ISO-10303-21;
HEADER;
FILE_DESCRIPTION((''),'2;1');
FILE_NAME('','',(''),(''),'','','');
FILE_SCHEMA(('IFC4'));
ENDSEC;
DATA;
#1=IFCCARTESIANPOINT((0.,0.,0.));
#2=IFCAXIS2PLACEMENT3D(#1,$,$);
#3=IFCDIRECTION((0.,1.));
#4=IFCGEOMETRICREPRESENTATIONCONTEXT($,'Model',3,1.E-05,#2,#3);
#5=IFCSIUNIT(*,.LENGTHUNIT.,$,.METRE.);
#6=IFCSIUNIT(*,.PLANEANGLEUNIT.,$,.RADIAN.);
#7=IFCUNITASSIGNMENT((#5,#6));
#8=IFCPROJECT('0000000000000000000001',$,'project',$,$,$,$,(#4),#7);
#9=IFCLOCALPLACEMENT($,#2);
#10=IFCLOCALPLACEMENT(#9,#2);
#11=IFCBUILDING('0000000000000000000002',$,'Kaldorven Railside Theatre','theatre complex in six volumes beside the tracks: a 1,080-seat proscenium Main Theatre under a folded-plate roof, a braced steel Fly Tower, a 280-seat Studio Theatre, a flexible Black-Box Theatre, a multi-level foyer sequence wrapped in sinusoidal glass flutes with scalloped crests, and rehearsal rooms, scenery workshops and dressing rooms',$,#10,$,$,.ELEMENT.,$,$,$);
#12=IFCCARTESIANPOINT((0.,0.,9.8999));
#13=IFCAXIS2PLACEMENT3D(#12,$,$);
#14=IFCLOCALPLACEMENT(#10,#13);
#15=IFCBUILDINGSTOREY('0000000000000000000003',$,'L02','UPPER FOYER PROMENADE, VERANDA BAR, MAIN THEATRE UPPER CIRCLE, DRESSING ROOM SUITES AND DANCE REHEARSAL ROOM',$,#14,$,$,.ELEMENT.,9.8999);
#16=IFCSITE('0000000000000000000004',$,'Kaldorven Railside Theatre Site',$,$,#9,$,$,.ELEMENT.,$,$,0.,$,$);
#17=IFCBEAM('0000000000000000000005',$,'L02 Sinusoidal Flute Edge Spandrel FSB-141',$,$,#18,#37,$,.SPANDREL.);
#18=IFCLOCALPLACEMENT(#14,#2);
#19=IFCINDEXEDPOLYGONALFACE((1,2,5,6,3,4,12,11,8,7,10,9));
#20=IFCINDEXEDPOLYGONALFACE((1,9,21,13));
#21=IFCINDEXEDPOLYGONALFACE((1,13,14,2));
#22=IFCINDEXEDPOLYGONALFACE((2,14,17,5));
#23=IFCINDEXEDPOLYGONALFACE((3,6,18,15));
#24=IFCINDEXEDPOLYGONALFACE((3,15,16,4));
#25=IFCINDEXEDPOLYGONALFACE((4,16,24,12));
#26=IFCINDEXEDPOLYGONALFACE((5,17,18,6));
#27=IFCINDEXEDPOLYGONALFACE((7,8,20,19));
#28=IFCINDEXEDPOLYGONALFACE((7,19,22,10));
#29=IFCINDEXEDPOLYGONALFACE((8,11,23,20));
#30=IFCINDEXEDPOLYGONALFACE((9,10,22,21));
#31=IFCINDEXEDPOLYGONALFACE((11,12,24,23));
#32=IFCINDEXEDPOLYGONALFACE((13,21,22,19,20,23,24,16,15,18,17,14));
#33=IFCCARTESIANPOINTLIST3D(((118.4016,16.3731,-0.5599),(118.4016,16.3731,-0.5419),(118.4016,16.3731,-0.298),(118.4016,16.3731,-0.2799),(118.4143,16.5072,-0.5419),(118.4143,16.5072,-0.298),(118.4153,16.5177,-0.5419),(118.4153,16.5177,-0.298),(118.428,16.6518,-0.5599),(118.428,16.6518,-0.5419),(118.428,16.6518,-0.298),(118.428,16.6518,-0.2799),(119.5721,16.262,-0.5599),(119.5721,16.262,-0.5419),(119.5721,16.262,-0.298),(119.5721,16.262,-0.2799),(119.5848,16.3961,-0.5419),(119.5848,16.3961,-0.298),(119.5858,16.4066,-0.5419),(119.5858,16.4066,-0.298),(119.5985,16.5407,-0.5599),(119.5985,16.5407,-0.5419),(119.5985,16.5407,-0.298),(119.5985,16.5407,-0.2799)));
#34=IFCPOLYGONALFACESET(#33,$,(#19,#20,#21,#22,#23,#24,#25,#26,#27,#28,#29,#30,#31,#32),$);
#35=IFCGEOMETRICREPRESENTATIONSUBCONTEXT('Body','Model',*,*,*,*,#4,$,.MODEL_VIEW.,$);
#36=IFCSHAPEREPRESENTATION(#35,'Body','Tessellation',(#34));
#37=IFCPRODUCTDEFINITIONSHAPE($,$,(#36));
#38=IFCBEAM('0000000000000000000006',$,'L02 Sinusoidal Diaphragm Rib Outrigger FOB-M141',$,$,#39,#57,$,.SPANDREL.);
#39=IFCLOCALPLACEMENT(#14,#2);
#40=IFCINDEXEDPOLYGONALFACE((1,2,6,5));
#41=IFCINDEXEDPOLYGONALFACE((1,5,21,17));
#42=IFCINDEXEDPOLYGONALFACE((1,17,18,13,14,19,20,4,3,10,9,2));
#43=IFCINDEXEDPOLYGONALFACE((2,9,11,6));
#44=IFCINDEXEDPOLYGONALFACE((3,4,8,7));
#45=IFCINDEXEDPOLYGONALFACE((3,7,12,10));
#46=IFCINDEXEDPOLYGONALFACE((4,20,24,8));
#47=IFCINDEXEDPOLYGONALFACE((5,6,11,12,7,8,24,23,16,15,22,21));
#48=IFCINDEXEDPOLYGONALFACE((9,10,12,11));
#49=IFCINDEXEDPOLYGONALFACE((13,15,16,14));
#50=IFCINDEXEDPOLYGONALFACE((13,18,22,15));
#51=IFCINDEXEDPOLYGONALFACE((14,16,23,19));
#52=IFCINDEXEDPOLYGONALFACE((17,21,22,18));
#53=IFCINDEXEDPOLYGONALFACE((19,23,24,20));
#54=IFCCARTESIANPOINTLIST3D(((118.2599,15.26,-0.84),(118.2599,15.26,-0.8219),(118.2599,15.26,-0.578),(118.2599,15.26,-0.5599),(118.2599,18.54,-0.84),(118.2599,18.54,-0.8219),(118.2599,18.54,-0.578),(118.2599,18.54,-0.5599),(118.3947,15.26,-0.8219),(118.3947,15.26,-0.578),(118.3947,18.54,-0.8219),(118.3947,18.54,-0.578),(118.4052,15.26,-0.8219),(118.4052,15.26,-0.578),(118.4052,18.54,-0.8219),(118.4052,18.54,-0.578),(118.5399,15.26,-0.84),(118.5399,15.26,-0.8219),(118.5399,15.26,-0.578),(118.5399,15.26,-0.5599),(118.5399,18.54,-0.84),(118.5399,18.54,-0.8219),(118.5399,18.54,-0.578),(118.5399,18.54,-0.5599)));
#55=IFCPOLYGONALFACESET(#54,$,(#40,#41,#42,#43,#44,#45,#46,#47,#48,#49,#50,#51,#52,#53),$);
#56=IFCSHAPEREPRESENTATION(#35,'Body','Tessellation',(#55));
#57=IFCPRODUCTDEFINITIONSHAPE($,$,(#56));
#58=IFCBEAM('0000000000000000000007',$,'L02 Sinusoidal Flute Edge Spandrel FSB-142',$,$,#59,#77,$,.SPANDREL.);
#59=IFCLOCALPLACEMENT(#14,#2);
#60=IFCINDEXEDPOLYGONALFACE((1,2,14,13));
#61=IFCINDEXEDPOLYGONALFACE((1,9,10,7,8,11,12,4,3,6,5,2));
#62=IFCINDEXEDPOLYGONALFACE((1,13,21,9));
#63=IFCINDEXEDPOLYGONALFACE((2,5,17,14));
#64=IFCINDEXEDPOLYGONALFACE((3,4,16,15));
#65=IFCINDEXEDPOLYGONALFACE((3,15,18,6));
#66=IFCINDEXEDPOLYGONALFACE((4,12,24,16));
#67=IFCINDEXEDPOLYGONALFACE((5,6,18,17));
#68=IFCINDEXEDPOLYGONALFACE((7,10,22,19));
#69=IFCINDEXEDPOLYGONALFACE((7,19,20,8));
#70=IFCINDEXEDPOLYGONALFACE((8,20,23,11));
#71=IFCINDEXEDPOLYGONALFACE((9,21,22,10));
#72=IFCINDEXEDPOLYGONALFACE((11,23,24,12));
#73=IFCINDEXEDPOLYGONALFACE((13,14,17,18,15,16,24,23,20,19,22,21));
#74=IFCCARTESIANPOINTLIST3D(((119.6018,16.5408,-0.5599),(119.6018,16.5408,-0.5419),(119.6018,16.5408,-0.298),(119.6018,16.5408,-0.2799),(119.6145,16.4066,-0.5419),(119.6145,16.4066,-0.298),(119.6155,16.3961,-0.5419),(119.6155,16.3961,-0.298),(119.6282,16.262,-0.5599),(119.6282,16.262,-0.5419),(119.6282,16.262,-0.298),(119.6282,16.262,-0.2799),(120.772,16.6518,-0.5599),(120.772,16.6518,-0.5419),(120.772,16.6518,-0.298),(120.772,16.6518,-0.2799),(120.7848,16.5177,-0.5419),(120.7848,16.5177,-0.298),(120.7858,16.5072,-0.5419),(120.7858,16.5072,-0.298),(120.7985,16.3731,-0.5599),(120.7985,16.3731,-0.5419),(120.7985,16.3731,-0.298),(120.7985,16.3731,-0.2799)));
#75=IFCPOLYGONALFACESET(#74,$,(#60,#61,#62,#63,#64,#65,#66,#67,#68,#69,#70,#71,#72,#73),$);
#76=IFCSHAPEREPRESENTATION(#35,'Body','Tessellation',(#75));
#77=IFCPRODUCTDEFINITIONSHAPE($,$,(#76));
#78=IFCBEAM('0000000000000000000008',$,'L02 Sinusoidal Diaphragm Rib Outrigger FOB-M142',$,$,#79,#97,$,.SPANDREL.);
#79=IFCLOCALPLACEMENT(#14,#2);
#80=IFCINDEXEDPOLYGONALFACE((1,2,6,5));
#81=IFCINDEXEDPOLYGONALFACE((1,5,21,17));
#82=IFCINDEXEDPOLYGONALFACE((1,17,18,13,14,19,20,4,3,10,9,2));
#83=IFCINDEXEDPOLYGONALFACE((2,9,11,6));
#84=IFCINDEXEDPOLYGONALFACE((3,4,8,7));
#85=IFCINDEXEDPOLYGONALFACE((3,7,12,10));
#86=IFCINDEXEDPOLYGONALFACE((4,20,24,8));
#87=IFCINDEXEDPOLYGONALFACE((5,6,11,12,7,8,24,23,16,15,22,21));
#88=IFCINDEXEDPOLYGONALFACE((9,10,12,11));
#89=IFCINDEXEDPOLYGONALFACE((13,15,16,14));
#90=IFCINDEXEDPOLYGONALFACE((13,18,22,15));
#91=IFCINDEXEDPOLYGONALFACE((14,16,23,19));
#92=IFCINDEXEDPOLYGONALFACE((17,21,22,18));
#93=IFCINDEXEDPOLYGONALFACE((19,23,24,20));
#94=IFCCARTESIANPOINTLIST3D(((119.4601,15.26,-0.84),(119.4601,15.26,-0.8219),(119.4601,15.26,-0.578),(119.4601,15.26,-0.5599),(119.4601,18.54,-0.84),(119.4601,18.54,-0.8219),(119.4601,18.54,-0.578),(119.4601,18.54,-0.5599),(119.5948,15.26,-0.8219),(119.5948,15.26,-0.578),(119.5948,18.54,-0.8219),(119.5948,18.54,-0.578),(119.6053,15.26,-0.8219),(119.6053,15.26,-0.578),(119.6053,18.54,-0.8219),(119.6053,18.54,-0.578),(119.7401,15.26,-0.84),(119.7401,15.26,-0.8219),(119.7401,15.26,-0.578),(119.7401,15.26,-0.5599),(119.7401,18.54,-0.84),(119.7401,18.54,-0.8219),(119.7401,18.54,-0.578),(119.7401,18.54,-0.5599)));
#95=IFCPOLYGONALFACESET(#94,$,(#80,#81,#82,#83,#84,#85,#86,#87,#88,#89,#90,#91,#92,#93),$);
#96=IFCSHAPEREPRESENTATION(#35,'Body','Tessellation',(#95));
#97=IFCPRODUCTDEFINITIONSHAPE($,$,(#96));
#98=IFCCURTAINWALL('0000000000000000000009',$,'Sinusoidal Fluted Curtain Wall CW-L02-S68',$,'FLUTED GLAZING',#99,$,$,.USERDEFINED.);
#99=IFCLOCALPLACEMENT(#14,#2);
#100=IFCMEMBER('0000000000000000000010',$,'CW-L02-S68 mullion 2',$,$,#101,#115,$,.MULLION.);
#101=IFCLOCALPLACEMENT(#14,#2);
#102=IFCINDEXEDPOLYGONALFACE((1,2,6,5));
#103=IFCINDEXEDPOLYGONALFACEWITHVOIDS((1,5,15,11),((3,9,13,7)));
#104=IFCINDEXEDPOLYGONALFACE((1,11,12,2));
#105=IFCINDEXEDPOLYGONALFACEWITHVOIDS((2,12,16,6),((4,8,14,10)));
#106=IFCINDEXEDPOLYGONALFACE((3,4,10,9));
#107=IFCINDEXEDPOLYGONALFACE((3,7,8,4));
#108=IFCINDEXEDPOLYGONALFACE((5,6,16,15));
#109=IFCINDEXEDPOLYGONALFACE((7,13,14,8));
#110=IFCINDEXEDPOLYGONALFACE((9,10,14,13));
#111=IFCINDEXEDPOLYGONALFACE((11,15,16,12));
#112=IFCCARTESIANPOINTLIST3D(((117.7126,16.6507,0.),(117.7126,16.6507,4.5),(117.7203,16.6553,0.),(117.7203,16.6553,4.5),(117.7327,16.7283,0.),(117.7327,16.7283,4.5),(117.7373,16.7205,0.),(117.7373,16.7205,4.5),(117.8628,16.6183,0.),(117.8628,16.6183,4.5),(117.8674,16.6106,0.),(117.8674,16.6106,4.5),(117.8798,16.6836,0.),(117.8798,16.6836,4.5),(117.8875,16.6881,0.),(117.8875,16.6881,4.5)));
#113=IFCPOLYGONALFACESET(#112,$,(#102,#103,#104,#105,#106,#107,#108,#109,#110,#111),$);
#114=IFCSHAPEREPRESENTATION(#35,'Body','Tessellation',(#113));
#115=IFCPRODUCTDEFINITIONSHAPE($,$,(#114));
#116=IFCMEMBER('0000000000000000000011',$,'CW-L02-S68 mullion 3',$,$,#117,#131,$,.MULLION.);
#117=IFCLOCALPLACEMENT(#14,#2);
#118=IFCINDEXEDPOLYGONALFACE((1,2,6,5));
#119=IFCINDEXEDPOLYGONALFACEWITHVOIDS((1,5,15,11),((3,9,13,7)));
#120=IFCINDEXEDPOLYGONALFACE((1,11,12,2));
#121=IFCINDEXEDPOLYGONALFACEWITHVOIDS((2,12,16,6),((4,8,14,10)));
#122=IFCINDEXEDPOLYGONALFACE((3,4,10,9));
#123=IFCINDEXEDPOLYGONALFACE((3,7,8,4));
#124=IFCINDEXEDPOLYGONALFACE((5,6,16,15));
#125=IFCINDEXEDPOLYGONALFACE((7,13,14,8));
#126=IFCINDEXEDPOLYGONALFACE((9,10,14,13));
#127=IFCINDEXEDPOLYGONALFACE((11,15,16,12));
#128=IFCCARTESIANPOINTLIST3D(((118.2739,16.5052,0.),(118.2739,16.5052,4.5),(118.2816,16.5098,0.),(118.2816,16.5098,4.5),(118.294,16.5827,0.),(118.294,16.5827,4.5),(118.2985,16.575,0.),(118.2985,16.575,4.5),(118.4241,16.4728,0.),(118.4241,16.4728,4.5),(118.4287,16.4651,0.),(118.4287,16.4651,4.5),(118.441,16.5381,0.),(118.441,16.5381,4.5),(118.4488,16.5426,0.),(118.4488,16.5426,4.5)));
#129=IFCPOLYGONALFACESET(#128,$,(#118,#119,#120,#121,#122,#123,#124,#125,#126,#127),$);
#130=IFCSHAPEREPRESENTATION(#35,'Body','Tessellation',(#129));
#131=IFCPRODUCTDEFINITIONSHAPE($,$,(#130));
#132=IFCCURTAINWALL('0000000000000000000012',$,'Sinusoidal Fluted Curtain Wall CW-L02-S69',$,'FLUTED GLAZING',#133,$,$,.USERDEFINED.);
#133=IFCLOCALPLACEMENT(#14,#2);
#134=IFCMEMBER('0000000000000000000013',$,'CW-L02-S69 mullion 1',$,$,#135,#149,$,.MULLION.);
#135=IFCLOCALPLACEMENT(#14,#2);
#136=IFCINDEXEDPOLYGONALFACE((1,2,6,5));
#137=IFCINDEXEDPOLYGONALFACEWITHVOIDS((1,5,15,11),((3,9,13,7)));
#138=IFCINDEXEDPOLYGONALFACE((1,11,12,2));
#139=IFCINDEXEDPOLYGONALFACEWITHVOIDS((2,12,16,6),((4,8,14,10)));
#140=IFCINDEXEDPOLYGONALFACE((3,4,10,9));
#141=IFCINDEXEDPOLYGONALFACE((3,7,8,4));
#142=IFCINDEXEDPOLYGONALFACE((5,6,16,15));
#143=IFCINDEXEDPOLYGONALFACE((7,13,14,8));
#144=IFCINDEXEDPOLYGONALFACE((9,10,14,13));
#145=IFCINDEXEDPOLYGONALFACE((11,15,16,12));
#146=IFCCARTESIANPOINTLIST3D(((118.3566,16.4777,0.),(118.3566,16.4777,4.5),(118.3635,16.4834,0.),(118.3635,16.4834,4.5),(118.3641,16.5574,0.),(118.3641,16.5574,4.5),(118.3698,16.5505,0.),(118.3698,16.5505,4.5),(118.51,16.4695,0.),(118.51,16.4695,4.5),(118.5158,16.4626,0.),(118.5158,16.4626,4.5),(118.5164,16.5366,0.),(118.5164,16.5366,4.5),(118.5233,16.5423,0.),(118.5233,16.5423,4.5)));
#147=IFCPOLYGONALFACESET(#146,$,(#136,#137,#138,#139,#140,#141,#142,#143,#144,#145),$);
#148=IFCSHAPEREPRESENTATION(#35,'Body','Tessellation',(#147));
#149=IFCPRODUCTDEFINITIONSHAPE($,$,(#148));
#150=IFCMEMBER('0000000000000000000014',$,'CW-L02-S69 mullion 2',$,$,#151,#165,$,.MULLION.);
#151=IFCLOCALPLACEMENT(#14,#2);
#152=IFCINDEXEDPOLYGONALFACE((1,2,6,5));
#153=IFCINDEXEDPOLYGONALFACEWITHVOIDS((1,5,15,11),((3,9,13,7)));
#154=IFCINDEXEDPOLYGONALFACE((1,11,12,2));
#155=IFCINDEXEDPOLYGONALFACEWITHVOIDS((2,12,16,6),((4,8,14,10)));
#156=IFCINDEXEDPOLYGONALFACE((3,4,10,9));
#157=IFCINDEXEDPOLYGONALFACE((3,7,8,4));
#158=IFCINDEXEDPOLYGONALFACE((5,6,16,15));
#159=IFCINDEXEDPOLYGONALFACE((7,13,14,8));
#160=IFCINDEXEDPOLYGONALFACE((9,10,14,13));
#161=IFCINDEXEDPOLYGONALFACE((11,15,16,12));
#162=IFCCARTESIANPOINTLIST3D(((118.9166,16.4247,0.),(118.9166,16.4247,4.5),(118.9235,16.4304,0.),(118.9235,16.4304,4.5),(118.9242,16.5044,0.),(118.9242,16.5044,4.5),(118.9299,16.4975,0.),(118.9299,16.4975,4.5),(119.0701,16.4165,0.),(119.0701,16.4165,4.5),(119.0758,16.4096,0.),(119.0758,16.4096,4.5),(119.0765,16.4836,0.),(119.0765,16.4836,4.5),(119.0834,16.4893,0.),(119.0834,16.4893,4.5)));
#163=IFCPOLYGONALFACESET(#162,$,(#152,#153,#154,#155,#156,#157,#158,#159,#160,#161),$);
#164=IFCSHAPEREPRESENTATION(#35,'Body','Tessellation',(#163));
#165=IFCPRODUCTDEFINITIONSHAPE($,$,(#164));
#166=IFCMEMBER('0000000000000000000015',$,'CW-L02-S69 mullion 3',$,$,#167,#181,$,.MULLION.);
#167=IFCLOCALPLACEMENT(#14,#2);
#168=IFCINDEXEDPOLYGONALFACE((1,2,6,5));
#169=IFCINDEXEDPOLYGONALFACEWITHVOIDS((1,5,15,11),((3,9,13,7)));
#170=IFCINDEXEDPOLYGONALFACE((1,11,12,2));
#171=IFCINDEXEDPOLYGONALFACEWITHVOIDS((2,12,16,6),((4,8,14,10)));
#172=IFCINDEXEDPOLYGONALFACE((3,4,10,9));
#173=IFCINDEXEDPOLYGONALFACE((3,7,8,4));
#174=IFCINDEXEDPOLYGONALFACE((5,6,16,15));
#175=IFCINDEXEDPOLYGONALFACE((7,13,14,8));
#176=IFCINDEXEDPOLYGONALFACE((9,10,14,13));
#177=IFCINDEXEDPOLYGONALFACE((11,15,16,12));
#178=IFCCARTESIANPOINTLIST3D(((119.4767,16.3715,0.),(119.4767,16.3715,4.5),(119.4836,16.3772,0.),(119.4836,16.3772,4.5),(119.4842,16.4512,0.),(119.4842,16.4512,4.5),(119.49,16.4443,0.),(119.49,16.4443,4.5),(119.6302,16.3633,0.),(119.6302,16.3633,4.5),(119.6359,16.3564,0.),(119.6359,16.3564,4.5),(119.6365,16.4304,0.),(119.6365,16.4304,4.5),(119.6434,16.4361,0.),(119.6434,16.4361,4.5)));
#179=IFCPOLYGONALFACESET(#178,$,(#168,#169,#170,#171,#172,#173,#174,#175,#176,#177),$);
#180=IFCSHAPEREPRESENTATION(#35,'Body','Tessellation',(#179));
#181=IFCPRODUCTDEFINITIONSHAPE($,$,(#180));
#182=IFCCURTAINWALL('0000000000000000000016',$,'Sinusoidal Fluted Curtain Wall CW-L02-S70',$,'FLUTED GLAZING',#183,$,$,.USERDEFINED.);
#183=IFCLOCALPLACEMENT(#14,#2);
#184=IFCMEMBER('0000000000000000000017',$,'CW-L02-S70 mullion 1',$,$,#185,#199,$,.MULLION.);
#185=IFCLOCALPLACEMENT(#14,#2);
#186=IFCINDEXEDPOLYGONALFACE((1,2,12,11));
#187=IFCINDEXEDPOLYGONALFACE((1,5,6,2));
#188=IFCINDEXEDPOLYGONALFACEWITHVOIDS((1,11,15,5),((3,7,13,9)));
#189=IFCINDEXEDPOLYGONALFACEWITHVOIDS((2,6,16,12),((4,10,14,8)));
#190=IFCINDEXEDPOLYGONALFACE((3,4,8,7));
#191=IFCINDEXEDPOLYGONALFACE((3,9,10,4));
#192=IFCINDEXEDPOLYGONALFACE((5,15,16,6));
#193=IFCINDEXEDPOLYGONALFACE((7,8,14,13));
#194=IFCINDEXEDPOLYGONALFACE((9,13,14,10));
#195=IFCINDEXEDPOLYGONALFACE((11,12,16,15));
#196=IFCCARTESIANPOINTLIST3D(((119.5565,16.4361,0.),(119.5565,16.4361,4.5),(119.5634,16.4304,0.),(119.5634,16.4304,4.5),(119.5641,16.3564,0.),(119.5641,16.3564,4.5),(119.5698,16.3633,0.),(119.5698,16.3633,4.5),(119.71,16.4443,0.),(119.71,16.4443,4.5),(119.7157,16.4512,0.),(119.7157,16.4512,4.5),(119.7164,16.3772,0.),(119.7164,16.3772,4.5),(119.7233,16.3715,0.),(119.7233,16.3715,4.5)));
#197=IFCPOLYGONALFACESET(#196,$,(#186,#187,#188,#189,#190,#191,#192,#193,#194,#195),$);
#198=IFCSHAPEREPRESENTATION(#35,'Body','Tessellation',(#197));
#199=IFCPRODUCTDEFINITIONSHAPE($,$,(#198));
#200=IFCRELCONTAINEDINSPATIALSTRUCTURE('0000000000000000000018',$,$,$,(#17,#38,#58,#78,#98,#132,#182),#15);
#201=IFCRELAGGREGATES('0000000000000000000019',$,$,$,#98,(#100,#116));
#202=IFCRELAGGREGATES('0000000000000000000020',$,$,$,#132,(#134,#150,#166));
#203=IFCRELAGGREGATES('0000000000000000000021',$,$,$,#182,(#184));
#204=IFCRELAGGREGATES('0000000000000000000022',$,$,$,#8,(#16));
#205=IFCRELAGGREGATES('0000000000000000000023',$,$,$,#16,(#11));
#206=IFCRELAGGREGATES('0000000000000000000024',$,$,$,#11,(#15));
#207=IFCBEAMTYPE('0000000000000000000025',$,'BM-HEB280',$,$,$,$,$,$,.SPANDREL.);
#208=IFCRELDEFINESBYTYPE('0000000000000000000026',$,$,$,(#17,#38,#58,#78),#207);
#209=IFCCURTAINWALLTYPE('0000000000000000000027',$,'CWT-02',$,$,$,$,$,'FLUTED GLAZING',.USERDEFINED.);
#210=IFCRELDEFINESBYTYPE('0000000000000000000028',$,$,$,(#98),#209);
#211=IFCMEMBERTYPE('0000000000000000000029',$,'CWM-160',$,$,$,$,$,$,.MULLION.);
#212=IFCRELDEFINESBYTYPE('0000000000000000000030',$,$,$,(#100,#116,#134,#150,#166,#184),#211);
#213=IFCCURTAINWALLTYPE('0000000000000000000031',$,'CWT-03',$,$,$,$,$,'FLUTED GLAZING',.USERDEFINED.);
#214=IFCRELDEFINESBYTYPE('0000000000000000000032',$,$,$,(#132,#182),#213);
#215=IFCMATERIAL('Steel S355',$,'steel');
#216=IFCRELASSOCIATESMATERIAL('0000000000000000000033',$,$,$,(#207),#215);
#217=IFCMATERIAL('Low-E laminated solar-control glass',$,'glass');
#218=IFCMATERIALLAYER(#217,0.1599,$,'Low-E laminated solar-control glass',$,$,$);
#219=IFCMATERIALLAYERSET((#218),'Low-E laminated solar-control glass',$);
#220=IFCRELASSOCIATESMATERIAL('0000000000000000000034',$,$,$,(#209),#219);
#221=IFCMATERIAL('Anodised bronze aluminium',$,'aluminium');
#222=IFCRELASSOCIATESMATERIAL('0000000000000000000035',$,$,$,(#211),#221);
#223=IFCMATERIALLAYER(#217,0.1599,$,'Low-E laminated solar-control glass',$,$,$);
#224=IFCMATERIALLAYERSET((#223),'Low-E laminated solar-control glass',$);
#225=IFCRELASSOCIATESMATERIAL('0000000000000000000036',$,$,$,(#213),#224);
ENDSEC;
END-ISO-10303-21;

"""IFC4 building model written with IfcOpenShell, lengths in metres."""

from ifc_helpers import new_model, si_unit, direction, frame, origin, origin_2d, place, context, subcontext, project, spatial, hollow_rectangle, i_section, extrude, material, layer, layer_set, material_profile, profile_set, type_object, element, aggregate, save


model = new_model("IFC4")

# Units and contexts
model_context = context("Model", 3, precision=1e-05, world=origin(), true_north=direction((0.0, 1.0)))
body_context = subcontext(model_context, "Body", "Model", "MODEL_VIEW")
ifc_project = project(units=[si_unit("LENGTHUNIT", "METRE"), si_unit("PLANEANGLEUNIT", "RADIAN")], contexts=[model_context])

# Site, building, storey
site_placement = place(None, origin())
site = spatial("IfcSite", under=ifc_project, at=site_placement, Name="Kaldorven Railside Theatre Site", CompositionType="ELEMENT", RefElevation=0.0)
building_placement = place(site_placement, origin())
building = spatial("IfcBuilding", under=site, at=building_placement, Name="Kaldorven Railside Theatre", Description="theatre complex in six volumes beside the tracks: a 1,080-seat proscenium Main Theatre under a folded-plate roof, a braced steel Fly Tower, a 280-seat Studio Theatre, a flexible Black-Box Theatre, a multi-level foyer sequence wrapped in sinusoidal glass flutes with scalloped crests, and rehearsal rooms, scenery workshops and dressing rooms", CompositionType="ELEMENT")
storey_placement = place(building_placement, frame((0.0, 0.0, 9.8999)))
storey = spatial("IfcBuildingStorey", under=building, at=storey_placement, Name="L02", Description="UPPER FOYER PROMENADE, VERANDA BAR, MAIN THEATRE UPPER CIRCLE, DRESSING ROOM SUITES AND DANCE REHEARSAL ROOM", CompositionType="ELEMENT", Elevation=9.8999)

# Beams
ifc_material_1 = material(Name="Steel S355", Category="steel")
ifc_material_profile_1 = material_profile(ifc_material_1, i_section(OverallWidth=0.28, OverallDepth=0.28, WebThickness=0.0105, FlangeThickness=0.0181, at=origin_2d()), Name="HEB 280")
ifc_profile_set_1 = profile_set([ifc_material_profile_1], Name="Steel S355")
beam_type = type_object("IfcBeamType", Name="BM-HEB280", PredefinedType="SPANDREL", material=ifc_profile_set_1)
beam_1_placement = place(storey_placement, frame((118.4148, 16.5125, -0.4199), z_axis=(0.995526, -0.094486, 0.0), x_axis=(0.094486, 0.995526, 0.0)))
element("IfcBeam", 1, at=beam_1_placement, inside=storey, type_object=beam_type, Name="L02 Sinusoidal Flute Edge Spandrel FSB-141", PredefinedType="SPANDREL", context=body_context, shape_type="SweptSolid", body=[
    extrude(i_section(OverallWidth=0.28, OverallDepth=0.28, WebThickness=0.0105, FlangeThickness=0.0181, at=origin_2d()), origin(), (0.0, 0.0, 1.0), 1.1758),
])
beam_2_placement = place(storey_placement, frame((118.3999, 15.26, -0.7), z_axis=(0.0, 1.0, 0.0), x_axis=(-1.0, 0.0, 0.0)))
element("IfcBeam", 2, at=beam_2_placement, inside=storey, type_object=beam_type, Name="L02 Sinusoidal Diaphragm Rib Outrigger FOB-M141", PredefinedType="SPANDREL", context=body_context, shape_type="SweptSolid", body=[
    extrude(i_section(OverallWidth=0.28, OverallDepth=0.28, WebThickness=0.0105, FlangeThickness=0.0181, at=origin_2d()), origin(), (0.0, 0.0, 1.0), 3.28),
])
beam_3_placement = place(storey_placement, frame((119.615, 16.4014, -0.4199), z_axis=(0.995524, 0.094505, 0.0), x_axis=(-0.094505, 0.995524, 0.0)))
element("IfcBeam", 3, at=beam_3_placement, inside=storey, type_object=beam_type, Name="L02 Sinusoidal Flute Edge Spandrel FSB-142", PredefinedType="SPANDREL", context=body_context, shape_type="SweptSolid", body=[
    extrude(i_section(OverallWidth=0.28, OverallDepth=0.28, WebThickness=0.0105, FlangeThickness=0.0181, at=origin_2d()), origin(), (0.0, 0.0, 1.0), 1.1755),
])
beam_4_placement = place(storey_placement, frame((119.6001, 15.26, -0.7), z_axis=(0.0, 1.0, 0.0), x_axis=(-1.0, 0.0, 0.0)))
element("IfcBeam", 4, at=beam_4_placement, inside=storey, type_object=beam_type, Name="L02 Sinusoidal Diaphragm Rib Outrigger FOB-M142", PredefinedType="SPANDREL", context=body_context, shape_type="SweptSolid", body=[
    extrude(i_section(OverallWidth=0.28, OverallDepth=0.28, WebThickness=0.0105, FlangeThickness=0.0181, at=origin_2d()), origin(), (0.0, 0.0, 1.0), 3.28),
])

# Curtain walls, members
ifc_material_2 = material(Name="Low-E laminated solar-control glass", Category="glass")
ifc_layer_1 = layer(ifc_material_2, 0.1599, Name="Low-E laminated solar-control glass")
ifc_layer_set_1 = layer_set([ifc_layer_1], Name="Low-E laminated solar-control glass")
curtain_wall_type_1 = type_object("IfcCurtainWallType", Name="CWT-02", ElementType="FLUTED GLAZING", PredefinedType="USERDEFINED", material=ifc_layer_set_1)
curtain_wall_1_placement = place(storey_placement, origin())
curtain_wall_1 = element("IfcCurtainWall", 5, at=curtain_wall_1_placement, inside=storey, type_object=curtain_wall_type_1, Name="Sinusoidal Fluted Curtain Wall CW-L02-S68", ObjectType="FLUTED GLAZING", PredefinedType="USERDEFINED")
ifc_material_3 = material(Name="Anodised bronze aluminium", Category="aluminium")
ifc_material_profile_2 = material_profile(ifc_material_3, hollow_rectangle(XDim=0.0801, YDim=0.1599, WallThickness=0.0063, at=origin_2d()), Name="RHS 160x80x6.3")
ifc_profile_set_2 = profile_set([ifc_material_profile_2], Name="Anodised bronze aluminium")
member_type_1 = type_object("IfcMemberType", Name="CWM-160", PredefinedType="MULLION", material=ifc_profile_set_2)
member_1_placement = place(storey_placement, frame((117.8, 16.6694, 0.0), z_axis=(0.0, 0.0, 1.0), x_axis=(0.250954, 0.967999, 0.0)))
member_1 = element("IfcMember", 6, at=member_1_placement, type_object=member_type_1, Name="CW-L02-S68 mullion 2", PredefinedType="MULLION", context=body_context, shape_type="SweptSolid", body=[
    extrude(hollow_rectangle(XDim=0.0801, YDim=0.1599, WallThickness=0.0063, at=origin_2d()), origin(), (0.0, 0.0, 1.0), 4.5),
])
member_2_placement = place(storey_placement, frame((118.3613, 16.5239, 0.0), z_axis=(0.0, 0.0, 1.0), x_axis=(0.250954, 0.967999, 0.0)))
member_2 = element("IfcMember", 7, at=member_2_placement, type_object=member_type_1, Name="CW-L02-S68 mullion 3", PredefinedType="MULLION", context=body_context, shape_type="SweptSolid", body=[
    extrude(hollow_rectangle(XDim=0.0801, YDim=0.1599, WallThickness=0.0063, at=origin_2d()), origin(), (0.0, 0.0, 1.0), 4.5),
])
ifc_layer_2 = layer(ifc_material_2, 0.1599, Name="Low-E laminated solar-control glass")
ifc_layer_set_2 = layer_set([ifc_layer_2], Name="Low-E laminated solar-control glass")
curtain_wall_type_2 = type_object("IfcCurtainWallType", Name="CWT-03", ElementType="FLUTED GLAZING", PredefinedType="USERDEFINED", material=ifc_layer_set_2)
curtain_wall_2_placement = place(storey_placement, origin())
curtain_wall_2 = element("IfcCurtainWall", 8, at=curtain_wall_2_placement, inside=storey, type_object=curtain_wall_type_2, Name="Sinusoidal Fluted Curtain Wall CW-L02-S69", ObjectType="FLUTED GLAZING", PredefinedType="USERDEFINED")
member_3_placement = place(storey_placement, frame((118.4399, 16.51, 0.0), z_axis=(0.0, 0.0, 1.0), x_axis=(0.094492, 0.995526, 0.0)))
member_3 = element("IfcMember", 9, at=member_3_placement, type_object=member_type_1, Name="CW-L02-S69 mullion 1", PredefinedType="MULLION", context=body_context, shape_type="SweptSolid", body=[
    extrude(hollow_rectangle(XDim=0.0801, YDim=0.1599, WallThickness=0.0063, at=origin_2d()), origin(), (0.0, 0.0, 1.0), 4.5),
])
member_4_placement = place(storey_placement, frame((119.0, 16.457, 0.0), z_axis=(0.0, 0.0, 1.0), x_axis=(0.094492, 0.995526, 0.0)))
member_4 = element("IfcMember", 10, at=member_4_placement, type_object=member_type_1, Name="CW-L02-S69 mullion 2", PredefinedType="MULLION", context=body_context, shape_type="SweptSolid", body=[
    extrude(hollow_rectangle(XDim=0.0801, YDim=0.1599, WallThickness=0.0063, at=origin_2d()), origin(), (0.0, 0.0, 1.0), 4.5),
])
member_5_placement = place(storey_placement, frame((119.5601, 16.4038, 0.0), z_axis=(0.0, 0.0, 1.0), x_axis=(0.094492, 0.995526, 0.0)))
member_5 = element("IfcMember", 11, at=member_5_placement, type_object=member_type_1, Name="CW-L02-S69 mullion 3", PredefinedType="MULLION", context=body_context, shape_type="SweptSolid", body=[
    extrude(hollow_rectangle(XDim=0.0801, YDim=0.1599, WallThickness=0.0063, at=origin_2d()), origin(), (0.0, 0.0, 1.0), 4.5),
])
curtain_wall_3_placement = place(storey_placement, origin())
curtain_wall_3 = element("IfcCurtainWall", 12, at=curtain_wall_3_placement, inside=storey, type_object=curtain_wall_type_2, Name="Sinusoidal Fluted Curtain Wall CW-L02-S70", ObjectType="FLUTED GLAZING", PredefinedType="USERDEFINED")
member_6_placement = place(storey_placement, frame((119.6399, 16.4038, 0.0), z_axis=(0.0, 0.0, 1.0), x_axis=(-0.094492, 0.995526, 0.0)))
member_6 = element("IfcMember", 13, at=member_6_placement, type_object=member_type_1, Name="CW-L02-S70 mullion 1", PredefinedType="MULLION", context=body_context, shape_type="SweptSolid", body=[
    extrude(hollow_rectangle(XDim=0.0801, YDim=0.1599, WallThickness=0.0063, at=origin_2d()), origin(), (0.0, 0.0, 1.0), 4.5),
])

aggregate(curtain_wall_1, [member_1, member_2])
aggregate(curtain_wall_2, [member_3, member_4, member_5])
aggregate(curtain_wall_3, [member_6])

save(model, "model.ifc")
